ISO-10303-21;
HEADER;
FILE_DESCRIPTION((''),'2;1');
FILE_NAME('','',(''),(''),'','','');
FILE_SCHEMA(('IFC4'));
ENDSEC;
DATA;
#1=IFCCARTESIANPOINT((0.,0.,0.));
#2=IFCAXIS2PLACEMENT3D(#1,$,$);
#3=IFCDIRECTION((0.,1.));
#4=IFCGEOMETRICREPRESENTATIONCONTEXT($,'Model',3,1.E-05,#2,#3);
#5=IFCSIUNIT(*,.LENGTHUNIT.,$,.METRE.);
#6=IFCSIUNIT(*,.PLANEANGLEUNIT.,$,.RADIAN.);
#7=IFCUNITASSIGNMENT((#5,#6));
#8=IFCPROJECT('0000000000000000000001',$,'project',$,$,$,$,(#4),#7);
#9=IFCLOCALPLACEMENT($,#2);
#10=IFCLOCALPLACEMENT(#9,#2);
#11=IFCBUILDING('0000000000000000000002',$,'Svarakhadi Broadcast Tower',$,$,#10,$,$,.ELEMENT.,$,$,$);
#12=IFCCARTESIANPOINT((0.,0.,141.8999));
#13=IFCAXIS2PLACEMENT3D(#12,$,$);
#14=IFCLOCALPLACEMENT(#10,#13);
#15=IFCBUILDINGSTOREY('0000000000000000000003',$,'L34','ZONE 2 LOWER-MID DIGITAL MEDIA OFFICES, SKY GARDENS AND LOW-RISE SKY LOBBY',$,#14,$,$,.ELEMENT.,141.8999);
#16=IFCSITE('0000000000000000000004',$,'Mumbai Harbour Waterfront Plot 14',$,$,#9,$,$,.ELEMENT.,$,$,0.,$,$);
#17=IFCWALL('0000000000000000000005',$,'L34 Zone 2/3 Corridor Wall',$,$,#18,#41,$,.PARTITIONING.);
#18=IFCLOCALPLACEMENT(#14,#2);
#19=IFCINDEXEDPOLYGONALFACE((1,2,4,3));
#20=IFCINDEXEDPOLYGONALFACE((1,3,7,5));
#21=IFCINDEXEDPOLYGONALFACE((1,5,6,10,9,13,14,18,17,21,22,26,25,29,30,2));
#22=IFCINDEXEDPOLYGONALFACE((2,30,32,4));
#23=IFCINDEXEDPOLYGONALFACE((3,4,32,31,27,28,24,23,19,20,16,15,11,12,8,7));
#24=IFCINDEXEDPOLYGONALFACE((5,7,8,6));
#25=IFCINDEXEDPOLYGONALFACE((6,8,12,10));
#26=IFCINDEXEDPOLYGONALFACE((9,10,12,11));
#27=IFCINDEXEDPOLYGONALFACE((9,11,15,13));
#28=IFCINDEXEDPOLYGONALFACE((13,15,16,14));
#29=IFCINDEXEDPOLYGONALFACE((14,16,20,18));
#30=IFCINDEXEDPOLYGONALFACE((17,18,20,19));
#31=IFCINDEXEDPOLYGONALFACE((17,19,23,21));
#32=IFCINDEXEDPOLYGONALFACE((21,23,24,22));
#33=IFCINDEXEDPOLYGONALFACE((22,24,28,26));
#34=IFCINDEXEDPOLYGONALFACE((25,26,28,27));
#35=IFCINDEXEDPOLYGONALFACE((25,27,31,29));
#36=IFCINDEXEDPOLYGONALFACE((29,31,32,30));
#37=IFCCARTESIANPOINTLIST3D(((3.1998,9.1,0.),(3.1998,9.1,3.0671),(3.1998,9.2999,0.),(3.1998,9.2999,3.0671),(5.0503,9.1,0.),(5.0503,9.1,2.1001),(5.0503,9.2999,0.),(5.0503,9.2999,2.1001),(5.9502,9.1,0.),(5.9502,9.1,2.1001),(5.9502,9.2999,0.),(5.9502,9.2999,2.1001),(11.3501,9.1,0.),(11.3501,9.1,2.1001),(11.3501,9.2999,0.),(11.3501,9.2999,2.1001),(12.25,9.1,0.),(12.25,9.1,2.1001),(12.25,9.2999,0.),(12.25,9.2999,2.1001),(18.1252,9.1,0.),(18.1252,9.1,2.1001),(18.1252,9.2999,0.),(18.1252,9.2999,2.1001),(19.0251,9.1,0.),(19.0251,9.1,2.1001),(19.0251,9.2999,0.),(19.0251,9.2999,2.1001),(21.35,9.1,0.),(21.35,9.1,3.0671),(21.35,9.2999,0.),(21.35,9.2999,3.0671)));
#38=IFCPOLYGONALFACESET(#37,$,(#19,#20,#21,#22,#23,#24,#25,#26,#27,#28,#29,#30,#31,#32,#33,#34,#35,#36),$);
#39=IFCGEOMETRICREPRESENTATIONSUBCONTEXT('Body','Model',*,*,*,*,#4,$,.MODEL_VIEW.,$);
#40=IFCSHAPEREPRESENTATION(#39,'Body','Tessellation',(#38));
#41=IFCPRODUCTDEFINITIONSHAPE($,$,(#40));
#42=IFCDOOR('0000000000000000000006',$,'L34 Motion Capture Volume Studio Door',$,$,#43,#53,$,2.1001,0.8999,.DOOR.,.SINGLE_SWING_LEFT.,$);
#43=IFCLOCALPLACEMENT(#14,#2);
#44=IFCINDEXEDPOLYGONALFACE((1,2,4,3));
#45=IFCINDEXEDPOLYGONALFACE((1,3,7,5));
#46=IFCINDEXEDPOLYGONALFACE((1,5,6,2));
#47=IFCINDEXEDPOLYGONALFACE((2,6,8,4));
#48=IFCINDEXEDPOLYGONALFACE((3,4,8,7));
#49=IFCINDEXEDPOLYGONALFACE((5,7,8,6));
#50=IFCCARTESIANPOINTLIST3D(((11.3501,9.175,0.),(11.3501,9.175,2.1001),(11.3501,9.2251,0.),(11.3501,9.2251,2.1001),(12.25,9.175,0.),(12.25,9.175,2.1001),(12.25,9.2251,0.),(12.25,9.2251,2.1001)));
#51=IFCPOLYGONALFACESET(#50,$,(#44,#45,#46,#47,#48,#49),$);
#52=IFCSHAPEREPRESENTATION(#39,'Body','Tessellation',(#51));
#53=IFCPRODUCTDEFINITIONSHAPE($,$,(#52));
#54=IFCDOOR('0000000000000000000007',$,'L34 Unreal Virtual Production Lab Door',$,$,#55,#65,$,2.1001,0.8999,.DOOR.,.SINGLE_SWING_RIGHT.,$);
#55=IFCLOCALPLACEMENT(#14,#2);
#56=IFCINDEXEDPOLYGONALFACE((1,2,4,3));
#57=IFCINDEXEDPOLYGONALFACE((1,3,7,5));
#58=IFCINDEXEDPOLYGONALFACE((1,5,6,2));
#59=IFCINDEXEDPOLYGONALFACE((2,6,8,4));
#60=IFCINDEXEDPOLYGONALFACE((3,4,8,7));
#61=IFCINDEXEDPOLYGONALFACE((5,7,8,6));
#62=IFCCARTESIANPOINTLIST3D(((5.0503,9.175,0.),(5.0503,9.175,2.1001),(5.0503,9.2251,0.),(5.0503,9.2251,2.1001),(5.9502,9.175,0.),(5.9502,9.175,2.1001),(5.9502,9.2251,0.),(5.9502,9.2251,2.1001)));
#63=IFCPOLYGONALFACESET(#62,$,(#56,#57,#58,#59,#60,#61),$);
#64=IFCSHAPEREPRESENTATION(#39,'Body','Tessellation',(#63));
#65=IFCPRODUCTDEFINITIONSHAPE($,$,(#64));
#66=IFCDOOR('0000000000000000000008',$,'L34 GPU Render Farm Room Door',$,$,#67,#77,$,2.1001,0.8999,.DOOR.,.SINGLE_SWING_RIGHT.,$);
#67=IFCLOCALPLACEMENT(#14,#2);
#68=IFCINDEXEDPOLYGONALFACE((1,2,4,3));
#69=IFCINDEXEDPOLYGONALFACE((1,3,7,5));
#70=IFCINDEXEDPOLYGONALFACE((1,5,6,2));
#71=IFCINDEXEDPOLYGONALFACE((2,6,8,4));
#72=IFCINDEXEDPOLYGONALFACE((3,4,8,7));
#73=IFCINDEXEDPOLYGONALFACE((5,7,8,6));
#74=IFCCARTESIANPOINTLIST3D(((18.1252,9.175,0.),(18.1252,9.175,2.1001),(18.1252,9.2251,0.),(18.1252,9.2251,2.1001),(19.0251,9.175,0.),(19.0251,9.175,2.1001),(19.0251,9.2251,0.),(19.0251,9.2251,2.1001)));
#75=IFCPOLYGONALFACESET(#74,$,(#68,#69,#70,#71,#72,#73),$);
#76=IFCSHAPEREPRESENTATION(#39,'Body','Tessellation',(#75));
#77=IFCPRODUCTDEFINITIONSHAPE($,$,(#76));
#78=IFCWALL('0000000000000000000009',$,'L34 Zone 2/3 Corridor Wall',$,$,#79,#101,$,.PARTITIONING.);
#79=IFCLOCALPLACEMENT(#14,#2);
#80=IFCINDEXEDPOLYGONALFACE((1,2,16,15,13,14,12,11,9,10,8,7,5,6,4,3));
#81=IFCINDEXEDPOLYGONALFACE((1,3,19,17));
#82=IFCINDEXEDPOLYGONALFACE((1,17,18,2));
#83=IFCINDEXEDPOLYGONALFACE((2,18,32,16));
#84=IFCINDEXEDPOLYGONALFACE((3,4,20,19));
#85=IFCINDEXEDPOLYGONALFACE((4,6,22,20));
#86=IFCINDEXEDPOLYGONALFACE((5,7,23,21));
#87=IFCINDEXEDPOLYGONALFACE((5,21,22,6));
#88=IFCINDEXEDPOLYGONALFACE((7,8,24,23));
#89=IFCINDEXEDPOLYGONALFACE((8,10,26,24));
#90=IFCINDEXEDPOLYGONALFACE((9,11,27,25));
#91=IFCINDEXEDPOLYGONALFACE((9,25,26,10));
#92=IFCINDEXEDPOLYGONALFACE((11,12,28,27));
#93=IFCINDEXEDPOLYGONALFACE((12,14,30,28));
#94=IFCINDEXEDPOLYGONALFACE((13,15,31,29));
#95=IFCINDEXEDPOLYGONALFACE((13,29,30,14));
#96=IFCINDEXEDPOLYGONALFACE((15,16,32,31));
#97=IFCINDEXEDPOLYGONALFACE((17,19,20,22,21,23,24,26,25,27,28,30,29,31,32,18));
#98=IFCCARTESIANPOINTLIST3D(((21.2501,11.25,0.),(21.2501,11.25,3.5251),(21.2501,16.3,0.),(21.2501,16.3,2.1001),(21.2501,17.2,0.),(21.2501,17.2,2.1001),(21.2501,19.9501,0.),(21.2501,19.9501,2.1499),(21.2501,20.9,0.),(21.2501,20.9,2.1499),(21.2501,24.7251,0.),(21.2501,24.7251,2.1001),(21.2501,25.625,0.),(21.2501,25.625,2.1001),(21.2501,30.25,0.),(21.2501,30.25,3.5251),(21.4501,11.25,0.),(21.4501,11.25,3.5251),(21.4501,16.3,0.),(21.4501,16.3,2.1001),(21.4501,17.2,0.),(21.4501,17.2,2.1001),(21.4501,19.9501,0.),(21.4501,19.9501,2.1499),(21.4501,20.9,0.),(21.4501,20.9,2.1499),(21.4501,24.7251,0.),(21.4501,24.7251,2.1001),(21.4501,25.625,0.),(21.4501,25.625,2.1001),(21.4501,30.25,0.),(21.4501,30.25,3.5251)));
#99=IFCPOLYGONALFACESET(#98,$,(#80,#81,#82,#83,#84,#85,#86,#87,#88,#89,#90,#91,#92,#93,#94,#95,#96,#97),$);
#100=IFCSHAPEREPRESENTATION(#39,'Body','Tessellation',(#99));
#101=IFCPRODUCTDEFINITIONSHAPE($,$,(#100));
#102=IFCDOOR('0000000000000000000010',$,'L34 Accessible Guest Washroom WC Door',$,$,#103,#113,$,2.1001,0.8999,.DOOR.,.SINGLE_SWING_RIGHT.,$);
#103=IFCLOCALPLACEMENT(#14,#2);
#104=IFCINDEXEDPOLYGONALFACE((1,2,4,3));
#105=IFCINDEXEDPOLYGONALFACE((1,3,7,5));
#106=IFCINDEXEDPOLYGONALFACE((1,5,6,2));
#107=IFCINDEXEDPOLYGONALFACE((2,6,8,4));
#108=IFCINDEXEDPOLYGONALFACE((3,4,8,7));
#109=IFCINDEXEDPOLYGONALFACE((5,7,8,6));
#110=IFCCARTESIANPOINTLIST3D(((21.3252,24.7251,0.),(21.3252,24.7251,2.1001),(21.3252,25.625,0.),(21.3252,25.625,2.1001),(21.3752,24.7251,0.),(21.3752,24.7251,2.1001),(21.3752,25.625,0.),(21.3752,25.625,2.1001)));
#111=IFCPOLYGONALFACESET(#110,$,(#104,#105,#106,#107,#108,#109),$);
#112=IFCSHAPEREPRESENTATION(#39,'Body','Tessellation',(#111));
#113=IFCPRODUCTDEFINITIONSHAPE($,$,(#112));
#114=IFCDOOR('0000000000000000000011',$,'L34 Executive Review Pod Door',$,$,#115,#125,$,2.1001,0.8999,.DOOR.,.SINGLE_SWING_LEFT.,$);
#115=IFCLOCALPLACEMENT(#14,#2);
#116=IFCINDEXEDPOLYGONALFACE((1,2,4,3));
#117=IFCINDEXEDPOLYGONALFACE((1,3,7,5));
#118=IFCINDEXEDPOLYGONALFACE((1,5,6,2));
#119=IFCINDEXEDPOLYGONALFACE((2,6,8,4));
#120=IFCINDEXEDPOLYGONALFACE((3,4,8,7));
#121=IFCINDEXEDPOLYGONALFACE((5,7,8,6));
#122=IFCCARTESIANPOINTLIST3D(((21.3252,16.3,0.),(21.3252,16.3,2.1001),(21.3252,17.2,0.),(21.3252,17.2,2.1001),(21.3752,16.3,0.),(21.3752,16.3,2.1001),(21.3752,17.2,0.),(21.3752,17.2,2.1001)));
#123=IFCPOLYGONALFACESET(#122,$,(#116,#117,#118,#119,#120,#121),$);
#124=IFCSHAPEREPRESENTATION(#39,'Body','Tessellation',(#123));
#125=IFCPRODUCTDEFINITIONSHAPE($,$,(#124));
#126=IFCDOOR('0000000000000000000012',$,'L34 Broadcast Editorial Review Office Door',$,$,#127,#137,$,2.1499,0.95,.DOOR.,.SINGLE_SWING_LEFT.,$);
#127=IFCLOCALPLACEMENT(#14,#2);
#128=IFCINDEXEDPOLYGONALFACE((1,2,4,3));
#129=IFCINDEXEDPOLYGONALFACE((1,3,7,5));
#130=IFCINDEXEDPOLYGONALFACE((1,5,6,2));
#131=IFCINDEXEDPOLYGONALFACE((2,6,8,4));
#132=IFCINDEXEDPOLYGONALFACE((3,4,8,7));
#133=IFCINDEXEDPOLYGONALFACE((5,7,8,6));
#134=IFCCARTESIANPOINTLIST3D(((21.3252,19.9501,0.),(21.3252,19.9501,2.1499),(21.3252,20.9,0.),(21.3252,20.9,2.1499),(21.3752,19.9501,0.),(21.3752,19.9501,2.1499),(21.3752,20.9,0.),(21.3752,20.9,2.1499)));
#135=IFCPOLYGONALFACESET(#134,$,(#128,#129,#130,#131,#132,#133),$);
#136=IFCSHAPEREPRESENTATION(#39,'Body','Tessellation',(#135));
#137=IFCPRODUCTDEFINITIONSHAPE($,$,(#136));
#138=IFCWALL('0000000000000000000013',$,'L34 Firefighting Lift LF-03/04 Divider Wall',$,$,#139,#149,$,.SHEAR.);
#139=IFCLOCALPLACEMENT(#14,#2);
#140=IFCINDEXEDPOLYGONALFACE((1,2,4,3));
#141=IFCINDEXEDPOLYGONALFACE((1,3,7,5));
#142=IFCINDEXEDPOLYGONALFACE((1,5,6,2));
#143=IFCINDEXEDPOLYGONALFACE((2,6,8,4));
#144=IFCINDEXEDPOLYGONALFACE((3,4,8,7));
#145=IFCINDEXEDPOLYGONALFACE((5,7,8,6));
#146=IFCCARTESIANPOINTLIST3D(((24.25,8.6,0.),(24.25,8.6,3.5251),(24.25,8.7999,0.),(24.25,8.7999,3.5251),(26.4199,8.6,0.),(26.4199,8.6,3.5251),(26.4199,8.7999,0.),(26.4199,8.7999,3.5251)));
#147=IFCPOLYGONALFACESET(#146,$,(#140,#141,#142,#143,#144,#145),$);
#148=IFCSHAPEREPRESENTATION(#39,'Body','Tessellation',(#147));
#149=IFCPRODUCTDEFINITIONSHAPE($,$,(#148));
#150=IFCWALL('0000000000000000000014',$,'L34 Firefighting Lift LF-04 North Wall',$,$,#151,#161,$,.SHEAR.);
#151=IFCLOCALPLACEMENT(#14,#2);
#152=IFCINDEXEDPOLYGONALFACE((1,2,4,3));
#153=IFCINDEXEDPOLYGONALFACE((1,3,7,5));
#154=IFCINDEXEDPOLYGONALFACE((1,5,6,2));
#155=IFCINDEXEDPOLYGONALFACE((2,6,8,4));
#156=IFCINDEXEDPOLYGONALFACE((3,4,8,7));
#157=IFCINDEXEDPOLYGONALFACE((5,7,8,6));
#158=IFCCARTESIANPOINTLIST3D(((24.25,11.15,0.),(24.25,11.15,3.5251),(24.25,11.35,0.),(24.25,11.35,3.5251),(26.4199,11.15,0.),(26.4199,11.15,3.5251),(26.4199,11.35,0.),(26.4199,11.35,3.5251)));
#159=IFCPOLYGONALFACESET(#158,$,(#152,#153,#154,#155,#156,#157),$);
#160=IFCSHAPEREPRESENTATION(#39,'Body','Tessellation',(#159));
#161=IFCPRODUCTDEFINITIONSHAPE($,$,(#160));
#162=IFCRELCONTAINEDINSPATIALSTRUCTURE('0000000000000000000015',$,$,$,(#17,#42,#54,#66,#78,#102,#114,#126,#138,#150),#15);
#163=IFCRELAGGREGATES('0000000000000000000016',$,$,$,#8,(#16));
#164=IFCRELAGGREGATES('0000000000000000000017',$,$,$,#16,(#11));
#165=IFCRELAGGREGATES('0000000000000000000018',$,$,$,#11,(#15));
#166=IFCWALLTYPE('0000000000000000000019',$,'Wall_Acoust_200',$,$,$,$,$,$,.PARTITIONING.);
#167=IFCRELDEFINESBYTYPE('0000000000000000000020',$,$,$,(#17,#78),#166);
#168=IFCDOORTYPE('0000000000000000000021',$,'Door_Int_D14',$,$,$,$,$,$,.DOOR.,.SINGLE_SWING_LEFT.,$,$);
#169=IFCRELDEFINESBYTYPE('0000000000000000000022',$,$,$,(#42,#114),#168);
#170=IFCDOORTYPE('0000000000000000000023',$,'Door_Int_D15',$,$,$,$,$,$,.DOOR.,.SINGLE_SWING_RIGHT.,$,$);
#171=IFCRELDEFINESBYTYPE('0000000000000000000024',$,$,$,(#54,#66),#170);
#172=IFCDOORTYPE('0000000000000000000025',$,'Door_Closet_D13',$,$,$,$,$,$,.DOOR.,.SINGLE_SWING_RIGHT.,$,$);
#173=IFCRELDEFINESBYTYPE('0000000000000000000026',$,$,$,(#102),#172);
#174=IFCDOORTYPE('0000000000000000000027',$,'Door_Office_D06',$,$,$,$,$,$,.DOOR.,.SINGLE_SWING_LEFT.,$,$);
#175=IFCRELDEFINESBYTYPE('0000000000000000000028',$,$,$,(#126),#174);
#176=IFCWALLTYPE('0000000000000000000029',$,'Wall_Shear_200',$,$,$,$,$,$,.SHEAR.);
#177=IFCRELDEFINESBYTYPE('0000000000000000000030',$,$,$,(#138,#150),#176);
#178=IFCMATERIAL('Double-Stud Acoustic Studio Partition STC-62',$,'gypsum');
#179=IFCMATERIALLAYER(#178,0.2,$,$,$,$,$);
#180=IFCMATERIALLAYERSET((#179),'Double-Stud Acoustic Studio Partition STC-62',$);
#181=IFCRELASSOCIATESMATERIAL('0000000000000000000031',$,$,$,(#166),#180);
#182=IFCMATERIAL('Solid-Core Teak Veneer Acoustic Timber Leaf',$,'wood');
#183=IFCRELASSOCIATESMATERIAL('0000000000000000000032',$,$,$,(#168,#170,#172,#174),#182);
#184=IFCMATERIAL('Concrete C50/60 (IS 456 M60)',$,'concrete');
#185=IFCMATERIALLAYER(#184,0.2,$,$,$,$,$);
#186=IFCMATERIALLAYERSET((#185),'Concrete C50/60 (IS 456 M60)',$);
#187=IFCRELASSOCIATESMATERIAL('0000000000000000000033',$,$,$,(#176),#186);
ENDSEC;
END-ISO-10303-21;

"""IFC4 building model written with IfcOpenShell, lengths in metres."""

from ifc_helpers import new_model, si_unit, direction, frame, frame_2d, origin, place, context, subcontext, project, spatial, rectangle, extrude, material, layer, layer_set, type_object, element, fill, save


model = new_model("IFC4")

# Units and contexts
model_context = context("Model", 3, precision=1e-05, world=origin(), true_north=direction((0.0, 1.0)))
body_context = subcontext(model_context, "Body", "Model", "MODEL_VIEW")
ifc_project = project(units=[si_unit("LENGTHUNIT", "METRE"), si_unit("PLANEANGLEUNIT", "RADIAN")], contexts=[model_context])

# Site, building, storey
site_placement = place(None, origin())
site = spatial("IfcSite", under=ifc_project, at=site_placement, Name="Mumbai Harbour Waterfront Plot 14", CompositionType="ELEMENT", RefElevation=0.0)
building_placement = place(site_placement, origin())
building = spatial("IfcBuilding", under=site, at=building_placement, Name="Svarakhadi Broadcast Tower", CompositionType="ELEMENT")
storey_placement = place(building_placement, frame((0.0, 0.0, 141.8999)))
storey = spatial("IfcBuildingStorey", under=building, at=storey_placement, Name="L34", Description="ZONE 2 LOWER-MID DIGITAL MEDIA OFFICES, SKY GARDENS AND LOW-RISE SKY LOBBY", CompositionType="ELEMENT", Elevation=141.8999)

# Shared definitions
ifc_material_1 = material(Name="Concrete C50/60 (IS 456 M60)", Category="concrete")

# Shared definitions
ifc_material_2 = material(Name="Double-Stud Acoustic Studio Partition STC-62", Category="gypsum")
ifc_layer_1 = layer(ifc_material_2, 0.2)
ifc_layer_set_1 = layer_set([ifc_layer_1], Name="Double-Stud Acoustic Studio Partition STC-62")
wall_type_1 = type_object("IfcWallType", Name="Wall_Acoust_200", PredefinedType="PARTITIONING", material=ifc_layer_set_1)

# Walls, openings, doors
wall_1_placement = place(storey_placement, frame((21.3501, 9.2, 0.0), z_axis=(0.0, 0.0, 1.0), x_axis=(-1.0, 0.0, 0.0)))
wall_1 = element("IfcWall", 1, at=wall_1_placement, inside=storey, type_object=wall_type_1, Name="L34 Zone 2/3 Corridor Wall", PredefinedType="PARTITIONING", context=body_context, shape_type="SweptSolid", body=[
    extrude(rectangle(XDim=18.1501, YDim=0.2, at=frame_2d((9.0752, 0.0))), origin(), (0.0, 0.0, 1.0), 3.0671),
])
opening_1_placement = place(wall_1_placement, frame((15.3999, 0.0, 0.0)))
opening_1 = element("IfcOpeningElement", 2, at=opening_1_placement, cuts=wall_1, PredefinedType="OPENING", context=body_context, shape_type="SweptSolid", body=[
    extrude(rectangle(XDim=0.8999, YDim=2.1001, at=frame_2d((0.45, 1.05))), frame((0.0, 0.1099, 0.0), z_axis=(0.0, -1.0, 0.0), x_axis=(1.0, 0.0, 0.0)), (0.0, 0.0, 1.0), 0.22),
])
opening_2_placement = place(wall_1_placement, frame((9.1001, 0.0, 0.0)))
opening_2 = element("IfcOpeningElement", 3, at=opening_2_placement, cuts=wall_1, PredefinedType="OPENING", context=body_context, shape_type="SweptSolid", body=[
    extrude(rectangle(XDim=0.8999, YDim=2.1001, at=frame_2d((0.45, 1.05))), frame((0.0, 0.1099, 0.0), z_axis=(0.0, -1.0, 0.0), x_axis=(1.0, 0.0, 0.0)), (0.0, 0.0, 1.0), 0.22),
])
opening_3_placement = place(wall_1_placement, frame((2.325, 0.0, 0.0)))
opening_3 = element("IfcOpeningElement", 4, at=opening_3_placement, cuts=wall_1, PredefinedType="OPENING", context=body_context, shape_type="SweptSolid", body=[
    extrude(rectangle(XDim=0.8999, YDim=2.1001, at=frame_2d((0.45, 1.05))), frame((0.0, 0.1099, 0.0), z_axis=(0.0, -1.0, 0.0), x_axis=(1.0, 0.0, 0.0)), (0.0, 0.0, 1.0), 0.22),
])
ifc_material_3 = material(Name="Solid-Core Teak Veneer Acoustic Timber Leaf", Category="wood")
door_type_1 = type_object("IfcDoorType", Name="Door_Int_D14", OperationType="SINGLE_SWING_LEFT", PredefinedType="DOOR", material=ifc_material_3)
door_1_placement = place(opening_2_placement, origin())
door_1 = element("IfcDoor", 5, at=door_1_placement, inside=storey, type_object=door_type_1, Name="L34 Motion Capture Volume Studio Door", OperationType="SINGLE_SWING_LEFT", OverallHeight=2.1001, OverallWidth=0.8999, PredefinedType="DOOR", context=body_context, shape_type="SweptSolid", body=[
    extrude(rectangle(XDim=0.8999, YDim=2.1001, at=frame_2d((0.45, 1.05))), frame((0.0, 0.0249, 0.0), z_axis=(0.0, -1.0, 0.0), x_axis=(1.0, 0.0, 0.0)), (0.0, 0.0, 1.0), 0.05),
])
fill(opening_2, door_1)
door_type_2 = type_object("IfcDoorType", Name="Door_Int_D15", OperationType="SINGLE_SWING_RIGHT", PredefinedType="DOOR", material=ifc_material_3)
door_2_placement = place(opening_1_placement, origin())
door_2 = element("IfcDoor", 6, at=door_2_placement, inside=storey, type_object=door_type_2, Name="L34 Unreal Virtual Production Lab Door", OperationType="SINGLE_SWING_RIGHT", OverallHeight=2.1001, OverallWidth=0.8999, PredefinedType="DOOR", context=body_context, shape_type="SweptSolid", body=[
    extrude(rectangle(XDim=0.8999, YDim=2.1001, at=frame_2d((0.45, 1.05))), frame((0.0, 0.0249, 0.0), z_axis=(0.0, -1.0, 0.0), x_axis=(1.0, 0.0, 0.0)), (0.0, 0.0, 1.0), 0.05),
])
fill(opening_1, door_2)
door_3_placement = place(opening_3_placement, origin())
door_3 = element("IfcDoor", 7, at=door_3_placement, inside=storey, type_object=door_type_2, Name="L34 GPU Render Farm Room Door", OperationType="SINGLE_SWING_RIGHT", OverallHeight=2.1001, OverallWidth=0.8999, PredefinedType="DOOR", context=body_context, shape_type="SweptSolid", body=[
    extrude(rectangle(XDim=0.8999, YDim=2.1001, at=frame_2d((0.45, 1.05))), frame((0.0, 0.0249, 0.0), z_axis=(0.0, -1.0, 0.0), x_axis=(1.0, 0.0, 0.0)), (0.0, 0.0, 1.0), 0.05),
])
fill(opening_3, door_3)
wall_2_placement = place(storey_placement, frame((21.3501, 11.25, 0.0), z_axis=(0.0, 0.0, 1.0), x_axis=(0.0, 1.0, 0.0)))
wall_2 = element("IfcWall", 8, at=wall_2_placement, inside=storey, type_object=wall_type_1, Name="L34 Zone 2/3 Corridor Wall", PredefinedType="PARTITIONING", context=body_context, shape_type="SweptSolid", body=[
    extrude(rectangle(XDim=19.0, YDim=0.2, at=frame_2d((9.5, 0.0))), origin(), (0.0, 0.0, 1.0), 3.5251),
])
opening_4_placement = place(wall_2_placement, frame((8.7, 0.0, 0.0)))
opening_4 = element("IfcOpeningElement", 9, at=opening_4_placement, cuts=wall_2, PredefinedType="OPENING", context=body_context, shape_type="SweptSolid", body=[
    extrude(rectangle(XDim=0.95, YDim=2.1499, at=frame_2d((0.4751, 1.075))), frame((0.0, 0.1099, 0.0), z_axis=(0.0, -1.0, 0.0), x_axis=(1.0, 0.0, 0.0)), (0.0, 0.0, 1.0), 0.22),
])
opening_5_placement = place(wall_2_placement, frame((13.4751, 0.0, 0.0)))
opening_5 = element("IfcOpeningElement", 10, at=opening_5_placement, cuts=wall_2, PredefinedType="OPENING", context=body_context, shape_type="SweptSolid", body=[
    extrude(rectangle(XDim=0.8999, YDim=2.1001, at=frame_2d((0.45, 1.05))), frame((0.0, 0.1099, 0.0), z_axis=(0.0, -1.0, 0.0), x_axis=(1.0, 0.0, 0.0)), (0.0, 0.0, 1.0), 0.22),
])
opening_6_placement = place(wall_2_placement, frame((5.05, 0.0, 0.0)))
opening_6 = element("IfcOpeningElement", 11, at=opening_6_placement, cuts=wall_2, PredefinedType="OPENING", context=body_context, shape_type="SweptSolid", body=[
    extrude(rectangle(XDim=0.8999, YDim=2.1001, at=frame_2d((0.45, 1.05))), frame((0.0, 0.1099, 0.0), z_axis=(0.0, -1.0, 0.0), x_axis=(1.0, 0.0, 0.0)), (0.0, 0.0, 1.0), 0.22),
])
door_type_3 = type_object("IfcDoorType", Name="Door_Closet_D13", OperationType="SINGLE_SWING_RIGHT", PredefinedType="DOOR", material=ifc_material_3)
door_4_placement = place(opening_5_placement, origin())
door_4 = element("IfcDoor", 12, at=door_4_placement, inside=storey, type_object=door_type_3, Name="L34 Accessible Guest Washroom WC Door", OperationType="SINGLE_SWING_RIGHT", OverallHeight=2.1001, OverallWidth=0.8999, PredefinedType="DOOR", context=body_context, shape_type="SweptSolid", body=[
    extrude(rectangle(XDim=0.8999, YDim=2.1001, at=frame_2d((0.45, 1.05))), frame((0.0, 0.0249, 0.0), z_axis=(0.0, -1.0, 0.0), x_axis=(1.0, 0.0, 0.0)), (0.0, 0.0, 1.0), 0.05),
])
fill(opening_5, door_4)
door_5_placement = place(opening_6_placement, origin())
door_5 = element("IfcDoor", 13, at=door_5_placement, inside=storey, type_object=door_type_1, Name="L34 Executive Review Pod Door", OperationType="SINGLE_SWING_LEFT", OverallHeight=2.1001, OverallWidth=0.8999, PredefinedType="DOOR", context=body_context, shape_type="SweptSolid", body=[
    extrude(rectangle(XDim=0.8999, YDim=2.1001, at=frame_2d((0.45, 1.05))), frame((0.0, 0.0249, 0.0), z_axis=(0.0, -1.0, 0.0), x_axis=(1.0, 0.0, 0.0)), (0.0, 0.0, 1.0), 0.05),
])
fill(opening_6, door_5)
door_type_4 = type_object("IfcDoorType", Name="Door_Office_D06", OperationType="SINGLE_SWING_LEFT", PredefinedType="DOOR", material=ifc_material_3)
door_6_placement = place(opening_4_placement, origin())
door_6 = element("IfcDoor", 14, at=door_6_placement, inside=storey, type_object=door_type_4, Name="L34 Broadcast Editorial Review Office Door", OperationType="SINGLE_SWING_LEFT", OverallHeight=2.1499, OverallWidth=0.95, PredefinedType="DOOR", context=body_context, shape_type="SweptSolid", body=[
    extrude(rectangle(XDim=0.95, YDim=2.1499, at=frame_2d((0.4751, 1.075))), frame((0.0, 0.0249, 0.0), z_axis=(0.0, -1.0, 0.0), x_axis=(1.0, 0.0, 0.0)), (0.0, 0.0, 1.0), 0.05),
])
fill(opening_4, door_6)

# Walls
ifc_layer_2 = layer(ifc_material_1, 0.2)
ifc_layer_set_2 = layer_set([ifc_layer_2], Name="Concrete C50/60 (IS 456 M60)")
wall_type_2 = type_object("IfcWallType", Name="Wall_Shear_200", PredefinedType="SHEAR", material=ifc_layer_set_2)
for number, where, z_axis, x_axis, name in (
    (15, (24.25, 8.7, 0.0), (0.0, 0.0, 1.0), (1.0, 0.0, 0.0), "L34 Firefighting Lift LF-03/04 Divider Wall"),
    (16, (24.25, 11.25, 0.0), (0.0, 0.0, 1.0), (1.0, 0.0, 0.0), "L34 Firefighting Lift LF-04 North Wall"),
):
    element("IfcWall", number, at=place(storey_placement, frame(where, z_axis=z_axis, x_axis=x_axis)), inside=storey, type_object=wall_type_2, Name=name, PredefinedType="SHEAR", context=body_context, shape_type="SweptSolid", body=[
        extrude(rectangle(XDim=2.1699, YDim=0.2, at=frame_2d((1.085, 0.0))), origin(), (0.0, 0.0, 1.0), 3.5251),
    ])

save(model, "model.ifc")
